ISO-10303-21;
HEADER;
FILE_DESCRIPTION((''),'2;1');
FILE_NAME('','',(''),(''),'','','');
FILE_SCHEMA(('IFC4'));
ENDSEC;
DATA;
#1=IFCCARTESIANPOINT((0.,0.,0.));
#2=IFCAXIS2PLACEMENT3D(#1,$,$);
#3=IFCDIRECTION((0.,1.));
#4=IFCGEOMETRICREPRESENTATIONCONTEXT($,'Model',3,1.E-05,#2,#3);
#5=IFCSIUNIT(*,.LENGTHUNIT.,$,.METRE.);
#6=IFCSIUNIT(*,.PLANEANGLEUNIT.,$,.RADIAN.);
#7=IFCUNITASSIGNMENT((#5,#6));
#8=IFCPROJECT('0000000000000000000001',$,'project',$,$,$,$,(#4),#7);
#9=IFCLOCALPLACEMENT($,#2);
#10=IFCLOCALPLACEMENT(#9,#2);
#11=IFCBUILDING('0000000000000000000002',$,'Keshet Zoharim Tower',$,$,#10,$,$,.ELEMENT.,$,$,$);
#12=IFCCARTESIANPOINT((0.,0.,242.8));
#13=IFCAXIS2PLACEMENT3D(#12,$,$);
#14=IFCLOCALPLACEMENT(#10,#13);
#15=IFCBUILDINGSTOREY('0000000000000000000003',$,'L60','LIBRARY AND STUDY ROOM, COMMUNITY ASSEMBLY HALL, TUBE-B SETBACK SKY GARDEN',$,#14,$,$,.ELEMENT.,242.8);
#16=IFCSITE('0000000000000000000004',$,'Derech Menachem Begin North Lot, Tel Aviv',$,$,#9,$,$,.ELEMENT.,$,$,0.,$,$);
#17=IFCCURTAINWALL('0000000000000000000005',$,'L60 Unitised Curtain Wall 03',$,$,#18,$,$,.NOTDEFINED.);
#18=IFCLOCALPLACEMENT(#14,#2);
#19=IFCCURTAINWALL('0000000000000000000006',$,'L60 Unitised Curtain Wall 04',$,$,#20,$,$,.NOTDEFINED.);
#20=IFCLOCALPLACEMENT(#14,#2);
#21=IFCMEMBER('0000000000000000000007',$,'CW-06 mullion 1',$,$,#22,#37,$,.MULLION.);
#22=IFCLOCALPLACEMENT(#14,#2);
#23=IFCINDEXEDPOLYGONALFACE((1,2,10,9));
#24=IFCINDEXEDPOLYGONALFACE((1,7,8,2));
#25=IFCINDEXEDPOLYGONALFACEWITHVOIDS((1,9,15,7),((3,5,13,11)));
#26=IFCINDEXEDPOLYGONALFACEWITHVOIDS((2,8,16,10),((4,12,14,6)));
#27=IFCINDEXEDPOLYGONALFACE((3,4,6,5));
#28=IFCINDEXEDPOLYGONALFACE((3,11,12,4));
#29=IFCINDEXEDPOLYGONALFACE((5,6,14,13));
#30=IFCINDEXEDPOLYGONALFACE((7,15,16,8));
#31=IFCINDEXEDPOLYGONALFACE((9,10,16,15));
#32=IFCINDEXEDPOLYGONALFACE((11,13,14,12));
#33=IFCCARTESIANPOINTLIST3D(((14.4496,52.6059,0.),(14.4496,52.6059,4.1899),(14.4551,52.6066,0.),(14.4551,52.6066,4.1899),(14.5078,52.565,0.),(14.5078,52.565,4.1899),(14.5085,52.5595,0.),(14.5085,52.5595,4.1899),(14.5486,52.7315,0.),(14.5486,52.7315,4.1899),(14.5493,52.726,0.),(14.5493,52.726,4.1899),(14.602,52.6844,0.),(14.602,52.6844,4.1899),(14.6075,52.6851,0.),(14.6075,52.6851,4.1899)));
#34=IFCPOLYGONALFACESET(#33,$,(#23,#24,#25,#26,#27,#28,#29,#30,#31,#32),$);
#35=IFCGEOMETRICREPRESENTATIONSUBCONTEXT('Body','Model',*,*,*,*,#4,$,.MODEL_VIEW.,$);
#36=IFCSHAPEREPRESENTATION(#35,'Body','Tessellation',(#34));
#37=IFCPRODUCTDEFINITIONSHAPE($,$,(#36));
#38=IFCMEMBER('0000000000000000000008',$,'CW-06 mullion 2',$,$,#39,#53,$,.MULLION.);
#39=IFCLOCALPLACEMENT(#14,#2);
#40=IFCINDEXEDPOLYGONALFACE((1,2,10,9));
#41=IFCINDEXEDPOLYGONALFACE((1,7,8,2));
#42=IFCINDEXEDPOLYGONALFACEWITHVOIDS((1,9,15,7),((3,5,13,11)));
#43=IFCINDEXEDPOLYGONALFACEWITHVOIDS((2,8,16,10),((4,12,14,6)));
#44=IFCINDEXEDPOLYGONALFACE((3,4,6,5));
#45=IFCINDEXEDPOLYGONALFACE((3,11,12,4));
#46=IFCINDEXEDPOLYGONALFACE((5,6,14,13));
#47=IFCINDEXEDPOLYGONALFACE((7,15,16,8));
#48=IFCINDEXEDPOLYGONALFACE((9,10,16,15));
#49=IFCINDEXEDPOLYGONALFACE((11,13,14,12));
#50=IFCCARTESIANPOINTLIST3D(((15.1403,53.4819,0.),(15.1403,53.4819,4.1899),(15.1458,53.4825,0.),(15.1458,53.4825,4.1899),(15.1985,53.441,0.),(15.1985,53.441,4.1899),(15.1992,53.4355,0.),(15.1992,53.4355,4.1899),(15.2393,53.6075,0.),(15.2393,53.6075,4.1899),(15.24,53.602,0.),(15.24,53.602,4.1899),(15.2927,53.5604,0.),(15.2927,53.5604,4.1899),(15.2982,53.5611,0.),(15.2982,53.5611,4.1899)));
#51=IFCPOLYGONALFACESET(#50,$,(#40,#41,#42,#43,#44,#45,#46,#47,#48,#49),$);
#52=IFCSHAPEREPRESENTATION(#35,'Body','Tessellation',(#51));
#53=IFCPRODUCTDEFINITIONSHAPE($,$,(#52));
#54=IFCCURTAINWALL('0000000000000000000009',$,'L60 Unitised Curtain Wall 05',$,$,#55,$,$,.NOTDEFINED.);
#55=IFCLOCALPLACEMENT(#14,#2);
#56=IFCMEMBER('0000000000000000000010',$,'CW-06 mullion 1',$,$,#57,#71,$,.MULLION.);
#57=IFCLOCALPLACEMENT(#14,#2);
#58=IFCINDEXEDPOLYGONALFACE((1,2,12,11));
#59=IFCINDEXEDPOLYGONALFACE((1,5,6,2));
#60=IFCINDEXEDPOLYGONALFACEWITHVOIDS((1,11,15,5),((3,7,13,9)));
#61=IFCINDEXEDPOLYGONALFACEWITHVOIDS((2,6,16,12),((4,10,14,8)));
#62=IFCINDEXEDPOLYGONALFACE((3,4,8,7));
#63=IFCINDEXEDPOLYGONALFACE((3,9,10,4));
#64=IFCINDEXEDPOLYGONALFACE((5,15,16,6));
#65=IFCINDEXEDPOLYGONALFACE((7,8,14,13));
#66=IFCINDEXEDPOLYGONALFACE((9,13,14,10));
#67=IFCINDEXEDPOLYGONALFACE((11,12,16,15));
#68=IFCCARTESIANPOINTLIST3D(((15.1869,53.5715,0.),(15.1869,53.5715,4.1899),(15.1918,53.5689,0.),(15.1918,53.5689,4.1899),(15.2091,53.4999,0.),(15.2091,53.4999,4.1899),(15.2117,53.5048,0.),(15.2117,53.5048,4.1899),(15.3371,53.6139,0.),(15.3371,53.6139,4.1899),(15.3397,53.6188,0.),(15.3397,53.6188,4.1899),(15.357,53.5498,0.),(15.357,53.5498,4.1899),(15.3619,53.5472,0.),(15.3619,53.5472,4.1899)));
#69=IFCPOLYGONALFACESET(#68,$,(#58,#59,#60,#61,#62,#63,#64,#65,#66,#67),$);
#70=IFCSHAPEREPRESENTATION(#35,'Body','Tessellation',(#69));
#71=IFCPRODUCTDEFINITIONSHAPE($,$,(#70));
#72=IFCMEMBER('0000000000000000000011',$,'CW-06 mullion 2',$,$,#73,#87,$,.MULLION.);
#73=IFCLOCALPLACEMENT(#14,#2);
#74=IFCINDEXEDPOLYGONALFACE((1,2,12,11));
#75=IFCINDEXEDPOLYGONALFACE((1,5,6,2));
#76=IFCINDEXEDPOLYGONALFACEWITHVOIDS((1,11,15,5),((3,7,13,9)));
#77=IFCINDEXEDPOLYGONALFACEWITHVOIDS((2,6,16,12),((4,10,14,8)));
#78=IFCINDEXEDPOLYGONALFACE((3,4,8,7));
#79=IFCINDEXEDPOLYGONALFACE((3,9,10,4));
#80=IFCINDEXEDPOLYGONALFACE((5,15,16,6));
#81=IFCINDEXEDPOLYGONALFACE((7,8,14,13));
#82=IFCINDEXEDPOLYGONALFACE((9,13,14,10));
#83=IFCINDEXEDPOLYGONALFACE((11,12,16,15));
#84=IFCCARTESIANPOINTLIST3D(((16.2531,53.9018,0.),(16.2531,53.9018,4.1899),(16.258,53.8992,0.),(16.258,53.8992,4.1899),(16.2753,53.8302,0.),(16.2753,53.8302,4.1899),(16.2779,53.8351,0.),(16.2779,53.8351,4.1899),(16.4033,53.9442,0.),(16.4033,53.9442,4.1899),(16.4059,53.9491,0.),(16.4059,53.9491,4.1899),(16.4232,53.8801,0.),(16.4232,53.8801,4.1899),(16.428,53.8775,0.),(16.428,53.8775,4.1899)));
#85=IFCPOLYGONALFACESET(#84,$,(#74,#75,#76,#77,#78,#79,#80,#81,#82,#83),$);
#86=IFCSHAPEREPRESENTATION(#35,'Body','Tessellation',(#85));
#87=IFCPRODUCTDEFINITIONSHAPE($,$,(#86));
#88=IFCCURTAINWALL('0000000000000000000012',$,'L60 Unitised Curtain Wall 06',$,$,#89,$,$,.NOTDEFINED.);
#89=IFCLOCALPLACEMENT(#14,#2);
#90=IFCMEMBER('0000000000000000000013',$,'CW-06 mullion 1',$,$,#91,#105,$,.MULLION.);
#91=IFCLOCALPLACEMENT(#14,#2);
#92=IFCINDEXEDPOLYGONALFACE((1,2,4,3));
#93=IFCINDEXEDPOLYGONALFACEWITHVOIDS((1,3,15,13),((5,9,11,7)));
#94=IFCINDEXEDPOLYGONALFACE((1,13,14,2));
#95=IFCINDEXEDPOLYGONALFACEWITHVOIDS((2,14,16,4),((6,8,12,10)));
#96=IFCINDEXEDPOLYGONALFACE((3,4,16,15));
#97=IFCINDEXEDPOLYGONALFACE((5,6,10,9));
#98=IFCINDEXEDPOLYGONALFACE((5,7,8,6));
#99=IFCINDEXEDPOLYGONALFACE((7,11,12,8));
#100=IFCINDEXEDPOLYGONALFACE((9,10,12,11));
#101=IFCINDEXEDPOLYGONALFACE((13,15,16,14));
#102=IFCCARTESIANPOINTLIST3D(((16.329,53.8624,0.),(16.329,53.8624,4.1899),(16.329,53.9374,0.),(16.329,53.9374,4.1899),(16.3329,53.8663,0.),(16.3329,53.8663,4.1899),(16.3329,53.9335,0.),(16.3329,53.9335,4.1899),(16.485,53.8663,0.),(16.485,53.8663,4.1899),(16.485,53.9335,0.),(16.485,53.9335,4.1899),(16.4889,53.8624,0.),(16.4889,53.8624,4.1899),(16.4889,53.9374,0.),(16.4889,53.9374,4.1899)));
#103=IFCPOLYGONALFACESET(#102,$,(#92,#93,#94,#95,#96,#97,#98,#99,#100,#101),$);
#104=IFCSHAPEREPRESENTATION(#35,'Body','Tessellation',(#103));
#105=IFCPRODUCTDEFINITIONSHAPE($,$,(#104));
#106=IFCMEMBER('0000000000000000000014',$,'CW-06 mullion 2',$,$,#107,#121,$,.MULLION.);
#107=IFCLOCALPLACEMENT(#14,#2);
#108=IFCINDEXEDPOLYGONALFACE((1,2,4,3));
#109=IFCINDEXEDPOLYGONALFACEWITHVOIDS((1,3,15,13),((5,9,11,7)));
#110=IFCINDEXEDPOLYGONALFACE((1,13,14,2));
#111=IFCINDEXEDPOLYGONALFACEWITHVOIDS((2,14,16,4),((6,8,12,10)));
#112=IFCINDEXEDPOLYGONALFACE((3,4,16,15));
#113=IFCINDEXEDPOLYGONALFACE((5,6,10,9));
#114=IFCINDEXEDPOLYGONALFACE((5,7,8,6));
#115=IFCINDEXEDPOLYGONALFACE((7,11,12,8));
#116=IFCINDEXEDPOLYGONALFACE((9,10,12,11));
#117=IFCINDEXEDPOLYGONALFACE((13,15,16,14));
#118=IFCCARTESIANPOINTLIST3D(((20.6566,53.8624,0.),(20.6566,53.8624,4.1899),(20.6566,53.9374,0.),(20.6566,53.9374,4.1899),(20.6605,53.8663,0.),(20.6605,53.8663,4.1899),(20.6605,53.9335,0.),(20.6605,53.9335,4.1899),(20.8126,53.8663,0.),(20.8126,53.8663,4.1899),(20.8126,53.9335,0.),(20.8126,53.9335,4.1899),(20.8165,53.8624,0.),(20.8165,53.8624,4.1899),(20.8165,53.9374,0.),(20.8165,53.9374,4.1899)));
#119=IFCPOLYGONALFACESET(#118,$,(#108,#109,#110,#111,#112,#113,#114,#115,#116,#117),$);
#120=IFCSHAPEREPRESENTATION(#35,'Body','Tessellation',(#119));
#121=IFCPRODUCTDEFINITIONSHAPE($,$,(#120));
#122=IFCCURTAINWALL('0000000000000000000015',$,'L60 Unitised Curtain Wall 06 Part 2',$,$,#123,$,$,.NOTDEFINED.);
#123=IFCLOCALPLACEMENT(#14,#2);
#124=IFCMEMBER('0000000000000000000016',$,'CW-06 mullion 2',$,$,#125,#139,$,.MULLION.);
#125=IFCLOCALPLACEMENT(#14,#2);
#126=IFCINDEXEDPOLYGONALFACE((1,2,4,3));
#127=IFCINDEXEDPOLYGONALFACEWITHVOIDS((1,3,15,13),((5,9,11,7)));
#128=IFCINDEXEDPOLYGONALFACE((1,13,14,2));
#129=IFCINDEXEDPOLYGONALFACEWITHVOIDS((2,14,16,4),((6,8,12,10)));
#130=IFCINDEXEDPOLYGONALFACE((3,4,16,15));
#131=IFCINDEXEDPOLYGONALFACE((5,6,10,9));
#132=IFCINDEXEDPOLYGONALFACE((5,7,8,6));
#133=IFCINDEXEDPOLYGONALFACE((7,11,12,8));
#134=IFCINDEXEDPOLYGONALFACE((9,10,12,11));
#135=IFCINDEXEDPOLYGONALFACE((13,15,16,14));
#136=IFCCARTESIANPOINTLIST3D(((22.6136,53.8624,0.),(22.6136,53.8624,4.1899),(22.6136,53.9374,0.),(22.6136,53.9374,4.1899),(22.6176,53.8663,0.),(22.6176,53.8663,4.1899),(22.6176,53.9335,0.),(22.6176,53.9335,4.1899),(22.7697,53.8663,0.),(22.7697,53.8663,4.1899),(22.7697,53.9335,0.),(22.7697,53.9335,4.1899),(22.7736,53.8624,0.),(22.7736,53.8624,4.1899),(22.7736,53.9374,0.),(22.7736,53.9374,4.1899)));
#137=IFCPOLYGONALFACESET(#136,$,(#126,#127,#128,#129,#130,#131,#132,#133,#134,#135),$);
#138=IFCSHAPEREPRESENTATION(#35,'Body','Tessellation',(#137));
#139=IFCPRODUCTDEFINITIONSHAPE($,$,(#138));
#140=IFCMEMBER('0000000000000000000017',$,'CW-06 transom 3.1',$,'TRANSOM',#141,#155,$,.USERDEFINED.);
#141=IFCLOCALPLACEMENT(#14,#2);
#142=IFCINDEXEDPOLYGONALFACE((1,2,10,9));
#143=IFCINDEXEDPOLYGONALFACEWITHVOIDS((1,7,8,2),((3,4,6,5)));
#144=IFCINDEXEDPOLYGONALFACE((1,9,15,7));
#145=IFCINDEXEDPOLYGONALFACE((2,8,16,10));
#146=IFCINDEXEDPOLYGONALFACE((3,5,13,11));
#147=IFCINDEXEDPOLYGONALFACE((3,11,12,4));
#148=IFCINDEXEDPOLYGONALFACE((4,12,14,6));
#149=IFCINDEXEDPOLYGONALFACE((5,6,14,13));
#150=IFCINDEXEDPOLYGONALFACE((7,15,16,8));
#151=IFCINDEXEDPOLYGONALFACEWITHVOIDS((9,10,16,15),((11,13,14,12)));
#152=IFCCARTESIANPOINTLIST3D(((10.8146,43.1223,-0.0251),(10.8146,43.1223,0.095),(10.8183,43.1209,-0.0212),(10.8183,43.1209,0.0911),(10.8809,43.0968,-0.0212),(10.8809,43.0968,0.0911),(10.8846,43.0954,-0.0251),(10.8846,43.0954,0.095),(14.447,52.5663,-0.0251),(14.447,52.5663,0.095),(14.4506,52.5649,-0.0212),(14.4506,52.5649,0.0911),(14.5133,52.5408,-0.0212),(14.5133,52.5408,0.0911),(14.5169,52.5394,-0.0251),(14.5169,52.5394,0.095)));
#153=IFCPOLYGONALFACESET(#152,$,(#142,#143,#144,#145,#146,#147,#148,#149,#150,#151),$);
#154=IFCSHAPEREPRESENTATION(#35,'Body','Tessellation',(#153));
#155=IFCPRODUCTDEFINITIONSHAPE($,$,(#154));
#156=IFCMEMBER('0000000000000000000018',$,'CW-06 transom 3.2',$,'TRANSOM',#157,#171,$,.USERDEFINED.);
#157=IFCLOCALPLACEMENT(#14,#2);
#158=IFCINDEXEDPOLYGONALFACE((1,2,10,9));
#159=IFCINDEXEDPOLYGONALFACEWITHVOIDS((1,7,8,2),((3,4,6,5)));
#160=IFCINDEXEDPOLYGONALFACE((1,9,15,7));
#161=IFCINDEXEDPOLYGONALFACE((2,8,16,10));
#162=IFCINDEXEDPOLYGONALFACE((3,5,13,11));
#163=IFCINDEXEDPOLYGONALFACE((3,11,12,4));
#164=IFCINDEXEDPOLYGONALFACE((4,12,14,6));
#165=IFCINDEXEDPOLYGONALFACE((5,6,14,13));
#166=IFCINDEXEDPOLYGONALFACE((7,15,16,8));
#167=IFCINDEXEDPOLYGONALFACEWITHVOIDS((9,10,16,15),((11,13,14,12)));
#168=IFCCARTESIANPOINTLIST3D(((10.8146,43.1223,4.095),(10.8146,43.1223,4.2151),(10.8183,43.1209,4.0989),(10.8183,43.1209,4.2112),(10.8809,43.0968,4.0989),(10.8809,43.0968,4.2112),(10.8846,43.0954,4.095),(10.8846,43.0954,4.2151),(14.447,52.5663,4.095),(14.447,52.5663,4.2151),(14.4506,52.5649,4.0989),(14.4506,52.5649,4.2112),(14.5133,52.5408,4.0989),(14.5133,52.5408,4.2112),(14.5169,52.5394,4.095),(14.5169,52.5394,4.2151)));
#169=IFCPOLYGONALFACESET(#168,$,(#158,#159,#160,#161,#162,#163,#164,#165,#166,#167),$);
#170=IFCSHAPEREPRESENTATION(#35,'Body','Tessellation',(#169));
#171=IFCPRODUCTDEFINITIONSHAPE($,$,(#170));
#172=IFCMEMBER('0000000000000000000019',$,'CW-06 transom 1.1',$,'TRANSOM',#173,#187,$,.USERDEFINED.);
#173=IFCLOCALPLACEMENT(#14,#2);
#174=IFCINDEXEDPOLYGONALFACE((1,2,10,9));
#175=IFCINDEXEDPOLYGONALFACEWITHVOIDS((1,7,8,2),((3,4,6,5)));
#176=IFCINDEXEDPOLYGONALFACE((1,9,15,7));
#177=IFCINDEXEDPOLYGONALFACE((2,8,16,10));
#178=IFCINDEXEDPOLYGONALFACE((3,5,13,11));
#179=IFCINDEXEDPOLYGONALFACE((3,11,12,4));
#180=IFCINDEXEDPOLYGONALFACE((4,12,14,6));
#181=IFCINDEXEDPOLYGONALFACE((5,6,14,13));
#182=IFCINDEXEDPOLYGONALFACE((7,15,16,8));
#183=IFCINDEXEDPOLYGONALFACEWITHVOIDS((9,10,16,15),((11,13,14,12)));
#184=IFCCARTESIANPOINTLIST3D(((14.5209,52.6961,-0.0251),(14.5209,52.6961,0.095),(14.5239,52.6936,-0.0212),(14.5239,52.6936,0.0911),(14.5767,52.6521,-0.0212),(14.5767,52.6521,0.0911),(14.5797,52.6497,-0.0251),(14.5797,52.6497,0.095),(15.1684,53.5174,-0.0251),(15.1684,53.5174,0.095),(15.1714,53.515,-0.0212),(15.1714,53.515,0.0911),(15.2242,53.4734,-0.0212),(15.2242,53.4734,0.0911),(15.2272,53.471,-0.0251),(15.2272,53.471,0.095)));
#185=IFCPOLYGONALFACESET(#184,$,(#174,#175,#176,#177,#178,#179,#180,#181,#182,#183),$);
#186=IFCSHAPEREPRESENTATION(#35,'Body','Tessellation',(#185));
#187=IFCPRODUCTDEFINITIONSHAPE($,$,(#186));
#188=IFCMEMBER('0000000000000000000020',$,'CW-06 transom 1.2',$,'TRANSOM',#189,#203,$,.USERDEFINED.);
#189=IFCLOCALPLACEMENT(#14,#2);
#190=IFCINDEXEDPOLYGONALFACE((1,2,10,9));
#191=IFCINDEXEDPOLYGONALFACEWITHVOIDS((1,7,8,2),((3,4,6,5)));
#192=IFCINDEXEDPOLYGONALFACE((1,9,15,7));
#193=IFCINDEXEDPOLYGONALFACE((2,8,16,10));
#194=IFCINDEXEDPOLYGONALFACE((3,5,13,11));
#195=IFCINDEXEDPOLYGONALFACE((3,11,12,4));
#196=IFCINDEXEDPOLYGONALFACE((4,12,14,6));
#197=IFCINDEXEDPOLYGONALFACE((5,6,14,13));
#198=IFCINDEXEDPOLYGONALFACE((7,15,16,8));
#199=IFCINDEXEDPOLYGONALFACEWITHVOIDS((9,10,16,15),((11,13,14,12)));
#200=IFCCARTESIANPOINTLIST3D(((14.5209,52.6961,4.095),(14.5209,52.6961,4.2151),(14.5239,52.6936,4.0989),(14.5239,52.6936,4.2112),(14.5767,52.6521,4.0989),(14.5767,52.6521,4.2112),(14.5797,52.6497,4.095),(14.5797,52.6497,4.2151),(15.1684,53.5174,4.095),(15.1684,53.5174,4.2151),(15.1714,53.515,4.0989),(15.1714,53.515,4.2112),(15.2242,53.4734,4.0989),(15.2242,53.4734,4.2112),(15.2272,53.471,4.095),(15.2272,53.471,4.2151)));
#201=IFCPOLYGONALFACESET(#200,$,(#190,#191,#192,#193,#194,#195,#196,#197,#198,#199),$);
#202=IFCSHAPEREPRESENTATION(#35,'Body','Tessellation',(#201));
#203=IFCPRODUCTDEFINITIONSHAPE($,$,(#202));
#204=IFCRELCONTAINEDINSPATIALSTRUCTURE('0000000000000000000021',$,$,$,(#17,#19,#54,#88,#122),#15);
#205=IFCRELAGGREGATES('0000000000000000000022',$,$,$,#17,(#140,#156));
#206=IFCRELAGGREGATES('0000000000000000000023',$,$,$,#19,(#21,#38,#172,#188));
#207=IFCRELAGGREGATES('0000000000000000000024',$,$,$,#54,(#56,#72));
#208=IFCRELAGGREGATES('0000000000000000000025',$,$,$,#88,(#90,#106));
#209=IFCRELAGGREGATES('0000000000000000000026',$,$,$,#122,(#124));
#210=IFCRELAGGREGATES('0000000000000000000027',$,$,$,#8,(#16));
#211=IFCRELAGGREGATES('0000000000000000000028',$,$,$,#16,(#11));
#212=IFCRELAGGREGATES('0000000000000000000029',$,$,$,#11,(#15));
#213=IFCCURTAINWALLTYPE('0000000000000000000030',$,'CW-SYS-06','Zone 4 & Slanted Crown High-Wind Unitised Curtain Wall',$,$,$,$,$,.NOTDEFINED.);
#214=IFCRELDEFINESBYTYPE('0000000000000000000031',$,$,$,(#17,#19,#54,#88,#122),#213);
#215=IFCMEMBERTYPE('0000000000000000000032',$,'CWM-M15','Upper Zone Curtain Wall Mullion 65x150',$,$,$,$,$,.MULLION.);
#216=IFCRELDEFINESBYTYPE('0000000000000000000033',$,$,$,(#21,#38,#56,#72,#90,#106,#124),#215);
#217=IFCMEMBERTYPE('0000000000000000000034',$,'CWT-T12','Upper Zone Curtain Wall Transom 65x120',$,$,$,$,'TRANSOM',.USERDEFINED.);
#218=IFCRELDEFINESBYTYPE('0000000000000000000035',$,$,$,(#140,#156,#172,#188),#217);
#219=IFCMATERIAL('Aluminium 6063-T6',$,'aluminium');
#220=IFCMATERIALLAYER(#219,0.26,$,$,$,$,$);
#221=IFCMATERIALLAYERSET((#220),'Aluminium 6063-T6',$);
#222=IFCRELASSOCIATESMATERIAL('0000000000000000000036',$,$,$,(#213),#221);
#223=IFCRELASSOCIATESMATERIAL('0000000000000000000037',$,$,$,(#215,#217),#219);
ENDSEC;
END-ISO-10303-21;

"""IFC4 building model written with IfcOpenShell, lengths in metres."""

from ifc_helpers import new_model, si_unit, direction, frame, origin, origin_2d, place, context, subcontext, project, spatial, hollow_rectangle, extrude, material, layer, layer_set, material_profile, profile_set, type_object, element, aggregate, save


model = new_model("IFC4")

# Units and contexts
model_context = context("Model", 3, precision=1e-05, world=origin(), true_north=direction((0.0, 1.0)))
body_context = subcontext(model_context, "Body", "Model", "MODEL_VIEW")
ifc_project = project(units=[si_unit("LENGTHUNIT", "METRE"), si_unit("PLANEANGLEUNIT", "RADIAN")], contexts=[model_context])

# Site, building, storey
site_placement = place(None, origin())
site = spatial("IfcSite", under=ifc_project, at=site_placement, Name="Derech Menachem Begin North Lot, Tel Aviv", CompositionType="ELEMENT", RefElevation=0.0)
building_placement = place(site_placement, origin())
building = spatial("IfcBuilding", under=site, at=building_placement, Name="Keshet Zoharim Tower", CompositionType="ELEMENT")
storey_placement = place(building_placement, frame((0.0, 0.0, 242.8)))
storey = spatial("IfcBuildingStorey", under=building, at=storey_placement, Name="L60", Description="LIBRARY AND STUDY ROOM, COMMUNITY ASSEMBLY HALL, TUBE-B SETBACK SKY GARDEN", CompositionType="ELEMENT", Elevation=242.8)

# Curtain walls, members
ifc_material_1 = material(Name="Aluminium 6063-T6", Category="aluminium")
ifc_layer_1 = layer(ifc_material_1, 0.26)
ifc_layer_set_1 = layer_set([ifc_layer_1], Name="Aluminium 6063-T6")
curtain_wall_type = type_object("IfcCurtainWallType", Name="CW-SYS-06", Description="Zone 4 & Slanted Crown High-Wind Unitised Curtain Wall", PredefinedType="NOTDEFINED", material=ifc_layer_set_1)
curtain_wall_1_placement = place(storey_placement, origin())
curtain_wall_1 = element("IfcCurtainWall", 1, at=curtain_wall_1_placement, inside=storey, type_object=curtain_wall_type, Name="L60 Unitised Curtain Wall 03", PredefinedType="NOTDEFINED")
ifc_material_profile_1 = material_profile(ifc_material_1, hollow_rectangle(XDim=0.075, YDim=0.1599, WallThickness=0.0039, at=origin_2d()), Name="MUL-75x160")
ifc_profile_set_1 = profile_set([ifc_material_profile_1], Name="Aluminium 6063-T6")
member_type_1 = type_object("IfcMemberType", Name="CWM-M15", Description="Upper Zone Curtain Wall Mullion 65x150", PredefinedType="MULLION", material=ifc_profile_set_1)
curtain_wall_2_placement = place(storey_placement, origin())
curtain_wall_2 = element("IfcCurtainWall", 2, at=curtain_wall_2_placement, inside=storey, type_object=curtain_wall_type, Name="L60 Unitised Curtain Wall 04", PredefinedType="NOTDEFINED")
member_1_placement = place(storey_placement, frame((14.5286, 52.6455, 0.0), z_axis=(0.0, 0.0, 1.0), x_axis=(-0.785293, 0.619125, 0.0)))
member_1 = element("IfcMember", 3, at=member_1_placement, type_object=member_type_1, Name="CW-06 mullion 1", PredefinedType="MULLION", context=body_context, shape_type="SweptSolid", body=[
    extrude(hollow_rectangle(XDim=0.075, YDim=0.1599, WallThickness=0.0039, at=origin_2d()), origin(), (0.0, 0.0, 1.0), 4.1899),
])
member_2_placement = place(storey_placement, frame((15.2192, 53.5215, 0.0), z_axis=(0.0, 0.0, 1.0), x_axis=(-0.785293, 0.619125, 0.0)))
member_2 = element("IfcMember", 4, at=member_2_placement, type_object=member_type_1, Name="CW-06 mullion 2", PredefinedType="MULLION", context=body_context, shape_type="SweptSolid", body=[
    extrude(hollow_rectangle(XDim=0.075, YDim=0.1599, WallThickness=0.0039, at=origin_2d()), origin(), (0.0, 0.0, 1.0), 4.1899),
])
curtain_wall_3_placement = place(storey_placement, origin())
curtain_wall_3 = element("IfcCurtainWall", 5, at=curtain_wall_3_placement, inside=storey, type_object=curtain_wall_type, Name="L60 Unitised Curtain Wall 05", PredefinedType="NOTDEFINED")
member_3_placement = place(storey_placement, frame((15.2744, 53.5593, 0.0), z_axis=(0.0, 0.0, 1.0), x_axis=(-0.295922, 0.955212, 0.0)))
member_3 = element("IfcMember", 6, at=member_3_placement, type_object=member_type_1, Name="CW-06 mullion 1", PredefinedType="MULLION", context=body_context, shape_type="SweptSolid", body=[
    extrude(hollow_rectangle(XDim=0.075, YDim=0.1599, WallThickness=0.0039, at=origin_2d()), origin(), (0.0, 0.0, 1.0), 4.1899),
])
member_4_placement = place(storey_placement, frame((16.3406, 53.8896, 0.0), z_axis=(0.0, 0.0, 1.0), x_axis=(-0.295922, 0.955212, 0.0)))
member_4 = element("IfcMember", 7, at=member_4_placement, type_object=member_type_1, Name="CW-06 mullion 2", PredefinedType="MULLION", context=body_context, shape_type="SweptSolid", body=[
    extrude(hollow_rectangle(XDim=0.075, YDim=0.1599, WallThickness=0.0039, at=origin_2d()), origin(), (0.0, 0.0, 1.0), 4.1899),
])
curtain_wall_4_placement = place(storey_placement, origin())
curtain_wall_4 = element("IfcCurtainWall", 8, at=curtain_wall_4_placement, inside=storey, type_object=curtain_wall_type, Name="L60 Unitised Curtain Wall 06", PredefinedType="NOTDEFINED")
member_5_placement = place(storey_placement, frame((16.4089, 53.8999, 0.0), z_axis=(0.0, 0.0, 1.0), x_axis=(0.0, 1.0, 0.0)))
member_5 = element("IfcMember", 9, at=member_5_placement, type_object=member_type_1, Name="CW-06 mullion 1", PredefinedType="MULLION", context=body_context, shape_type="SweptSolid", body=[
    extrude(hollow_rectangle(XDim=0.075, YDim=0.1599, WallThickness=0.0039, at=origin_2d()), origin(), (0.0, 0.0, 1.0), 4.1899),
])
member_6_placement = place(storey_placement, frame((20.7366, 53.8999, 0.0), z_axis=(0.0, 0.0, 1.0), x_axis=(0.0, 1.0, 0.0)))
member_6 = element("IfcMember", 10, at=member_6_placement, type_object=member_type_1, Name="CW-06 mullion 2", PredefinedType="MULLION", context=body_context, shape_type="SweptSolid", body=[
    extrude(hollow_rectangle(XDim=0.075, YDim=0.1599, WallThickness=0.0039, at=origin_2d()), origin(), (0.0, 0.0, 1.0), 4.1899),
])

# Curtain wall, member
curtain_wall_5_placement = place(storey_placement, origin())
curtain_wall_5 = element("IfcCurtainWall", 11, at=curtain_wall_5_placement, inside=storey, type_object=curtain_wall_type, Name="L60 Unitised Curtain Wall 06 Part 2", PredefinedType="NOTDEFINED")
member_7_placement = place(storey_placement, frame((22.6936, 53.8999, 0.0), z_axis=(0.0, 0.0, 1.0), x_axis=(0.0, 1.0, 0.0)))
member_7 = element("IfcMember", 12, at=member_7_placement, type_object=member_type_1, Name="CW-06 mullion 2", PredefinedType="MULLION", context=body_context, shape_type="SweptSolid", body=[
    extrude(hollow_rectangle(XDim=0.075, YDim=0.1599, WallThickness=0.0039, at=origin_2d()), origin(), (0.0, 0.0, 1.0), 4.1899),
])

# Members
ifc_material_profile_2 = material_profile(ifc_material_1, hollow_rectangle(XDim=0.075, YDim=0.1201, WallThickness=0.0039, at=origin_2d()), Name="TRN-75x120")
ifc_profile_set_2 = profile_set([ifc_material_profile_2], Name="Aluminium 6063-T6")
member_type_2 = type_object("IfcMemberType", Name="CWT-T12", Description="Upper Zone Curtain Wall Transom 65x120", ElementType="TRANSOM", PredefinedType="USERDEFINED", material=ifc_profile_set_2)
member_8_placement = place(storey_placement, frame((10.8496, 43.1089, 0.0349), z_axis=(0.358986, 0.933343, 0.0), x_axis=(-0.933343, 0.358986, 0.0)))
member_8 = element("IfcMember", 13, at=member_8_placement, type_object=member_type_2, Name="CW-06 transom 3.1", ObjectType="TRANSOM", PredefinedType="USERDEFINED", context=body_context, shape_type="SweptSolid", body=[
    extrude(hollow_rectangle(XDim=0.075, YDim=0.1201, WallThickness=0.0039, at=origin_2d()), origin(), (0.0, 0.0, 1.0), 10.1184),
])
member_9_placement = place(storey_placement, frame((10.8496, 43.1089, 4.155), z_axis=(0.358986, 0.933343, 0.0), x_axis=(-0.933343, 0.358986, 0.0)))
member_9 = element("IfcMember", 14, at=member_9_placement, type_object=member_type_2, Name="CW-06 transom 3.2", ObjectType="TRANSOM", PredefinedType="USERDEFINED", context=body_context, shape_type="SweptSolid", body=[
    extrude(hollow_rectangle(XDim=0.075, YDim=0.1201, WallThickness=0.0039, at=origin_2d()), origin(), (0.0, 0.0, 1.0), 10.1184),
])
member_10_placement = place(storey_placement, frame((14.5503, 52.6729, 0.0349), z_axis=(0.619099, 0.785313, 0.0), x_axis=(-0.785313, 0.619099, 0.0)))
member_10 = element("IfcMember", 15, at=member_10_placement, type_object=member_type_2, Name="CW-06 transom 1.1", ObjectType="TRANSOM", PredefinedType="USERDEFINED", context=body_context, shape_type="SweptSolid", body=[
    extrude(hollow_rectangle(XDim=0.075, YDim=0.1201, WallThickness=0.0039, at=origin_2d()), origin(), (0.0, 0.0, 1.0), 1.0459),
])
member_11_placement = place(storey_placement, frame((14.5503, 52.6729, 4.155), z_axis=(0.619099, 0.785313, 0.0), x_axis=(-0.785313, 0.619099, 0.0)))
member_11 = element("IfcMember", 16, at=member_11_placement, type_object=member_type_2, Name="CW-06 transom 1.2", ObjectType="TRANSOM", PredefinedType="USERDEFINED", context=body_context, shape_type="SweptSolid", body=[
    extrude(hollow_rectangle(XDim=0.075, YDim=0.1201, WallThickness=0.0039, at=origin_2d()), origin(), (0.0, 0.0, 1.0), 1.0459),
])

aggregate(curtain_wall_1, [member_8, member_9])
aggregate(curtain_wall_2, [member_1, member_2, member_10, member_11])
aggregate(curtain_wall_3, [member_3, member_4])
aggregate(curtain_wall_4, [member_5, member_6])
aggregate(curtain_wall_5, [member_7])

save(model, "model.ifc")
